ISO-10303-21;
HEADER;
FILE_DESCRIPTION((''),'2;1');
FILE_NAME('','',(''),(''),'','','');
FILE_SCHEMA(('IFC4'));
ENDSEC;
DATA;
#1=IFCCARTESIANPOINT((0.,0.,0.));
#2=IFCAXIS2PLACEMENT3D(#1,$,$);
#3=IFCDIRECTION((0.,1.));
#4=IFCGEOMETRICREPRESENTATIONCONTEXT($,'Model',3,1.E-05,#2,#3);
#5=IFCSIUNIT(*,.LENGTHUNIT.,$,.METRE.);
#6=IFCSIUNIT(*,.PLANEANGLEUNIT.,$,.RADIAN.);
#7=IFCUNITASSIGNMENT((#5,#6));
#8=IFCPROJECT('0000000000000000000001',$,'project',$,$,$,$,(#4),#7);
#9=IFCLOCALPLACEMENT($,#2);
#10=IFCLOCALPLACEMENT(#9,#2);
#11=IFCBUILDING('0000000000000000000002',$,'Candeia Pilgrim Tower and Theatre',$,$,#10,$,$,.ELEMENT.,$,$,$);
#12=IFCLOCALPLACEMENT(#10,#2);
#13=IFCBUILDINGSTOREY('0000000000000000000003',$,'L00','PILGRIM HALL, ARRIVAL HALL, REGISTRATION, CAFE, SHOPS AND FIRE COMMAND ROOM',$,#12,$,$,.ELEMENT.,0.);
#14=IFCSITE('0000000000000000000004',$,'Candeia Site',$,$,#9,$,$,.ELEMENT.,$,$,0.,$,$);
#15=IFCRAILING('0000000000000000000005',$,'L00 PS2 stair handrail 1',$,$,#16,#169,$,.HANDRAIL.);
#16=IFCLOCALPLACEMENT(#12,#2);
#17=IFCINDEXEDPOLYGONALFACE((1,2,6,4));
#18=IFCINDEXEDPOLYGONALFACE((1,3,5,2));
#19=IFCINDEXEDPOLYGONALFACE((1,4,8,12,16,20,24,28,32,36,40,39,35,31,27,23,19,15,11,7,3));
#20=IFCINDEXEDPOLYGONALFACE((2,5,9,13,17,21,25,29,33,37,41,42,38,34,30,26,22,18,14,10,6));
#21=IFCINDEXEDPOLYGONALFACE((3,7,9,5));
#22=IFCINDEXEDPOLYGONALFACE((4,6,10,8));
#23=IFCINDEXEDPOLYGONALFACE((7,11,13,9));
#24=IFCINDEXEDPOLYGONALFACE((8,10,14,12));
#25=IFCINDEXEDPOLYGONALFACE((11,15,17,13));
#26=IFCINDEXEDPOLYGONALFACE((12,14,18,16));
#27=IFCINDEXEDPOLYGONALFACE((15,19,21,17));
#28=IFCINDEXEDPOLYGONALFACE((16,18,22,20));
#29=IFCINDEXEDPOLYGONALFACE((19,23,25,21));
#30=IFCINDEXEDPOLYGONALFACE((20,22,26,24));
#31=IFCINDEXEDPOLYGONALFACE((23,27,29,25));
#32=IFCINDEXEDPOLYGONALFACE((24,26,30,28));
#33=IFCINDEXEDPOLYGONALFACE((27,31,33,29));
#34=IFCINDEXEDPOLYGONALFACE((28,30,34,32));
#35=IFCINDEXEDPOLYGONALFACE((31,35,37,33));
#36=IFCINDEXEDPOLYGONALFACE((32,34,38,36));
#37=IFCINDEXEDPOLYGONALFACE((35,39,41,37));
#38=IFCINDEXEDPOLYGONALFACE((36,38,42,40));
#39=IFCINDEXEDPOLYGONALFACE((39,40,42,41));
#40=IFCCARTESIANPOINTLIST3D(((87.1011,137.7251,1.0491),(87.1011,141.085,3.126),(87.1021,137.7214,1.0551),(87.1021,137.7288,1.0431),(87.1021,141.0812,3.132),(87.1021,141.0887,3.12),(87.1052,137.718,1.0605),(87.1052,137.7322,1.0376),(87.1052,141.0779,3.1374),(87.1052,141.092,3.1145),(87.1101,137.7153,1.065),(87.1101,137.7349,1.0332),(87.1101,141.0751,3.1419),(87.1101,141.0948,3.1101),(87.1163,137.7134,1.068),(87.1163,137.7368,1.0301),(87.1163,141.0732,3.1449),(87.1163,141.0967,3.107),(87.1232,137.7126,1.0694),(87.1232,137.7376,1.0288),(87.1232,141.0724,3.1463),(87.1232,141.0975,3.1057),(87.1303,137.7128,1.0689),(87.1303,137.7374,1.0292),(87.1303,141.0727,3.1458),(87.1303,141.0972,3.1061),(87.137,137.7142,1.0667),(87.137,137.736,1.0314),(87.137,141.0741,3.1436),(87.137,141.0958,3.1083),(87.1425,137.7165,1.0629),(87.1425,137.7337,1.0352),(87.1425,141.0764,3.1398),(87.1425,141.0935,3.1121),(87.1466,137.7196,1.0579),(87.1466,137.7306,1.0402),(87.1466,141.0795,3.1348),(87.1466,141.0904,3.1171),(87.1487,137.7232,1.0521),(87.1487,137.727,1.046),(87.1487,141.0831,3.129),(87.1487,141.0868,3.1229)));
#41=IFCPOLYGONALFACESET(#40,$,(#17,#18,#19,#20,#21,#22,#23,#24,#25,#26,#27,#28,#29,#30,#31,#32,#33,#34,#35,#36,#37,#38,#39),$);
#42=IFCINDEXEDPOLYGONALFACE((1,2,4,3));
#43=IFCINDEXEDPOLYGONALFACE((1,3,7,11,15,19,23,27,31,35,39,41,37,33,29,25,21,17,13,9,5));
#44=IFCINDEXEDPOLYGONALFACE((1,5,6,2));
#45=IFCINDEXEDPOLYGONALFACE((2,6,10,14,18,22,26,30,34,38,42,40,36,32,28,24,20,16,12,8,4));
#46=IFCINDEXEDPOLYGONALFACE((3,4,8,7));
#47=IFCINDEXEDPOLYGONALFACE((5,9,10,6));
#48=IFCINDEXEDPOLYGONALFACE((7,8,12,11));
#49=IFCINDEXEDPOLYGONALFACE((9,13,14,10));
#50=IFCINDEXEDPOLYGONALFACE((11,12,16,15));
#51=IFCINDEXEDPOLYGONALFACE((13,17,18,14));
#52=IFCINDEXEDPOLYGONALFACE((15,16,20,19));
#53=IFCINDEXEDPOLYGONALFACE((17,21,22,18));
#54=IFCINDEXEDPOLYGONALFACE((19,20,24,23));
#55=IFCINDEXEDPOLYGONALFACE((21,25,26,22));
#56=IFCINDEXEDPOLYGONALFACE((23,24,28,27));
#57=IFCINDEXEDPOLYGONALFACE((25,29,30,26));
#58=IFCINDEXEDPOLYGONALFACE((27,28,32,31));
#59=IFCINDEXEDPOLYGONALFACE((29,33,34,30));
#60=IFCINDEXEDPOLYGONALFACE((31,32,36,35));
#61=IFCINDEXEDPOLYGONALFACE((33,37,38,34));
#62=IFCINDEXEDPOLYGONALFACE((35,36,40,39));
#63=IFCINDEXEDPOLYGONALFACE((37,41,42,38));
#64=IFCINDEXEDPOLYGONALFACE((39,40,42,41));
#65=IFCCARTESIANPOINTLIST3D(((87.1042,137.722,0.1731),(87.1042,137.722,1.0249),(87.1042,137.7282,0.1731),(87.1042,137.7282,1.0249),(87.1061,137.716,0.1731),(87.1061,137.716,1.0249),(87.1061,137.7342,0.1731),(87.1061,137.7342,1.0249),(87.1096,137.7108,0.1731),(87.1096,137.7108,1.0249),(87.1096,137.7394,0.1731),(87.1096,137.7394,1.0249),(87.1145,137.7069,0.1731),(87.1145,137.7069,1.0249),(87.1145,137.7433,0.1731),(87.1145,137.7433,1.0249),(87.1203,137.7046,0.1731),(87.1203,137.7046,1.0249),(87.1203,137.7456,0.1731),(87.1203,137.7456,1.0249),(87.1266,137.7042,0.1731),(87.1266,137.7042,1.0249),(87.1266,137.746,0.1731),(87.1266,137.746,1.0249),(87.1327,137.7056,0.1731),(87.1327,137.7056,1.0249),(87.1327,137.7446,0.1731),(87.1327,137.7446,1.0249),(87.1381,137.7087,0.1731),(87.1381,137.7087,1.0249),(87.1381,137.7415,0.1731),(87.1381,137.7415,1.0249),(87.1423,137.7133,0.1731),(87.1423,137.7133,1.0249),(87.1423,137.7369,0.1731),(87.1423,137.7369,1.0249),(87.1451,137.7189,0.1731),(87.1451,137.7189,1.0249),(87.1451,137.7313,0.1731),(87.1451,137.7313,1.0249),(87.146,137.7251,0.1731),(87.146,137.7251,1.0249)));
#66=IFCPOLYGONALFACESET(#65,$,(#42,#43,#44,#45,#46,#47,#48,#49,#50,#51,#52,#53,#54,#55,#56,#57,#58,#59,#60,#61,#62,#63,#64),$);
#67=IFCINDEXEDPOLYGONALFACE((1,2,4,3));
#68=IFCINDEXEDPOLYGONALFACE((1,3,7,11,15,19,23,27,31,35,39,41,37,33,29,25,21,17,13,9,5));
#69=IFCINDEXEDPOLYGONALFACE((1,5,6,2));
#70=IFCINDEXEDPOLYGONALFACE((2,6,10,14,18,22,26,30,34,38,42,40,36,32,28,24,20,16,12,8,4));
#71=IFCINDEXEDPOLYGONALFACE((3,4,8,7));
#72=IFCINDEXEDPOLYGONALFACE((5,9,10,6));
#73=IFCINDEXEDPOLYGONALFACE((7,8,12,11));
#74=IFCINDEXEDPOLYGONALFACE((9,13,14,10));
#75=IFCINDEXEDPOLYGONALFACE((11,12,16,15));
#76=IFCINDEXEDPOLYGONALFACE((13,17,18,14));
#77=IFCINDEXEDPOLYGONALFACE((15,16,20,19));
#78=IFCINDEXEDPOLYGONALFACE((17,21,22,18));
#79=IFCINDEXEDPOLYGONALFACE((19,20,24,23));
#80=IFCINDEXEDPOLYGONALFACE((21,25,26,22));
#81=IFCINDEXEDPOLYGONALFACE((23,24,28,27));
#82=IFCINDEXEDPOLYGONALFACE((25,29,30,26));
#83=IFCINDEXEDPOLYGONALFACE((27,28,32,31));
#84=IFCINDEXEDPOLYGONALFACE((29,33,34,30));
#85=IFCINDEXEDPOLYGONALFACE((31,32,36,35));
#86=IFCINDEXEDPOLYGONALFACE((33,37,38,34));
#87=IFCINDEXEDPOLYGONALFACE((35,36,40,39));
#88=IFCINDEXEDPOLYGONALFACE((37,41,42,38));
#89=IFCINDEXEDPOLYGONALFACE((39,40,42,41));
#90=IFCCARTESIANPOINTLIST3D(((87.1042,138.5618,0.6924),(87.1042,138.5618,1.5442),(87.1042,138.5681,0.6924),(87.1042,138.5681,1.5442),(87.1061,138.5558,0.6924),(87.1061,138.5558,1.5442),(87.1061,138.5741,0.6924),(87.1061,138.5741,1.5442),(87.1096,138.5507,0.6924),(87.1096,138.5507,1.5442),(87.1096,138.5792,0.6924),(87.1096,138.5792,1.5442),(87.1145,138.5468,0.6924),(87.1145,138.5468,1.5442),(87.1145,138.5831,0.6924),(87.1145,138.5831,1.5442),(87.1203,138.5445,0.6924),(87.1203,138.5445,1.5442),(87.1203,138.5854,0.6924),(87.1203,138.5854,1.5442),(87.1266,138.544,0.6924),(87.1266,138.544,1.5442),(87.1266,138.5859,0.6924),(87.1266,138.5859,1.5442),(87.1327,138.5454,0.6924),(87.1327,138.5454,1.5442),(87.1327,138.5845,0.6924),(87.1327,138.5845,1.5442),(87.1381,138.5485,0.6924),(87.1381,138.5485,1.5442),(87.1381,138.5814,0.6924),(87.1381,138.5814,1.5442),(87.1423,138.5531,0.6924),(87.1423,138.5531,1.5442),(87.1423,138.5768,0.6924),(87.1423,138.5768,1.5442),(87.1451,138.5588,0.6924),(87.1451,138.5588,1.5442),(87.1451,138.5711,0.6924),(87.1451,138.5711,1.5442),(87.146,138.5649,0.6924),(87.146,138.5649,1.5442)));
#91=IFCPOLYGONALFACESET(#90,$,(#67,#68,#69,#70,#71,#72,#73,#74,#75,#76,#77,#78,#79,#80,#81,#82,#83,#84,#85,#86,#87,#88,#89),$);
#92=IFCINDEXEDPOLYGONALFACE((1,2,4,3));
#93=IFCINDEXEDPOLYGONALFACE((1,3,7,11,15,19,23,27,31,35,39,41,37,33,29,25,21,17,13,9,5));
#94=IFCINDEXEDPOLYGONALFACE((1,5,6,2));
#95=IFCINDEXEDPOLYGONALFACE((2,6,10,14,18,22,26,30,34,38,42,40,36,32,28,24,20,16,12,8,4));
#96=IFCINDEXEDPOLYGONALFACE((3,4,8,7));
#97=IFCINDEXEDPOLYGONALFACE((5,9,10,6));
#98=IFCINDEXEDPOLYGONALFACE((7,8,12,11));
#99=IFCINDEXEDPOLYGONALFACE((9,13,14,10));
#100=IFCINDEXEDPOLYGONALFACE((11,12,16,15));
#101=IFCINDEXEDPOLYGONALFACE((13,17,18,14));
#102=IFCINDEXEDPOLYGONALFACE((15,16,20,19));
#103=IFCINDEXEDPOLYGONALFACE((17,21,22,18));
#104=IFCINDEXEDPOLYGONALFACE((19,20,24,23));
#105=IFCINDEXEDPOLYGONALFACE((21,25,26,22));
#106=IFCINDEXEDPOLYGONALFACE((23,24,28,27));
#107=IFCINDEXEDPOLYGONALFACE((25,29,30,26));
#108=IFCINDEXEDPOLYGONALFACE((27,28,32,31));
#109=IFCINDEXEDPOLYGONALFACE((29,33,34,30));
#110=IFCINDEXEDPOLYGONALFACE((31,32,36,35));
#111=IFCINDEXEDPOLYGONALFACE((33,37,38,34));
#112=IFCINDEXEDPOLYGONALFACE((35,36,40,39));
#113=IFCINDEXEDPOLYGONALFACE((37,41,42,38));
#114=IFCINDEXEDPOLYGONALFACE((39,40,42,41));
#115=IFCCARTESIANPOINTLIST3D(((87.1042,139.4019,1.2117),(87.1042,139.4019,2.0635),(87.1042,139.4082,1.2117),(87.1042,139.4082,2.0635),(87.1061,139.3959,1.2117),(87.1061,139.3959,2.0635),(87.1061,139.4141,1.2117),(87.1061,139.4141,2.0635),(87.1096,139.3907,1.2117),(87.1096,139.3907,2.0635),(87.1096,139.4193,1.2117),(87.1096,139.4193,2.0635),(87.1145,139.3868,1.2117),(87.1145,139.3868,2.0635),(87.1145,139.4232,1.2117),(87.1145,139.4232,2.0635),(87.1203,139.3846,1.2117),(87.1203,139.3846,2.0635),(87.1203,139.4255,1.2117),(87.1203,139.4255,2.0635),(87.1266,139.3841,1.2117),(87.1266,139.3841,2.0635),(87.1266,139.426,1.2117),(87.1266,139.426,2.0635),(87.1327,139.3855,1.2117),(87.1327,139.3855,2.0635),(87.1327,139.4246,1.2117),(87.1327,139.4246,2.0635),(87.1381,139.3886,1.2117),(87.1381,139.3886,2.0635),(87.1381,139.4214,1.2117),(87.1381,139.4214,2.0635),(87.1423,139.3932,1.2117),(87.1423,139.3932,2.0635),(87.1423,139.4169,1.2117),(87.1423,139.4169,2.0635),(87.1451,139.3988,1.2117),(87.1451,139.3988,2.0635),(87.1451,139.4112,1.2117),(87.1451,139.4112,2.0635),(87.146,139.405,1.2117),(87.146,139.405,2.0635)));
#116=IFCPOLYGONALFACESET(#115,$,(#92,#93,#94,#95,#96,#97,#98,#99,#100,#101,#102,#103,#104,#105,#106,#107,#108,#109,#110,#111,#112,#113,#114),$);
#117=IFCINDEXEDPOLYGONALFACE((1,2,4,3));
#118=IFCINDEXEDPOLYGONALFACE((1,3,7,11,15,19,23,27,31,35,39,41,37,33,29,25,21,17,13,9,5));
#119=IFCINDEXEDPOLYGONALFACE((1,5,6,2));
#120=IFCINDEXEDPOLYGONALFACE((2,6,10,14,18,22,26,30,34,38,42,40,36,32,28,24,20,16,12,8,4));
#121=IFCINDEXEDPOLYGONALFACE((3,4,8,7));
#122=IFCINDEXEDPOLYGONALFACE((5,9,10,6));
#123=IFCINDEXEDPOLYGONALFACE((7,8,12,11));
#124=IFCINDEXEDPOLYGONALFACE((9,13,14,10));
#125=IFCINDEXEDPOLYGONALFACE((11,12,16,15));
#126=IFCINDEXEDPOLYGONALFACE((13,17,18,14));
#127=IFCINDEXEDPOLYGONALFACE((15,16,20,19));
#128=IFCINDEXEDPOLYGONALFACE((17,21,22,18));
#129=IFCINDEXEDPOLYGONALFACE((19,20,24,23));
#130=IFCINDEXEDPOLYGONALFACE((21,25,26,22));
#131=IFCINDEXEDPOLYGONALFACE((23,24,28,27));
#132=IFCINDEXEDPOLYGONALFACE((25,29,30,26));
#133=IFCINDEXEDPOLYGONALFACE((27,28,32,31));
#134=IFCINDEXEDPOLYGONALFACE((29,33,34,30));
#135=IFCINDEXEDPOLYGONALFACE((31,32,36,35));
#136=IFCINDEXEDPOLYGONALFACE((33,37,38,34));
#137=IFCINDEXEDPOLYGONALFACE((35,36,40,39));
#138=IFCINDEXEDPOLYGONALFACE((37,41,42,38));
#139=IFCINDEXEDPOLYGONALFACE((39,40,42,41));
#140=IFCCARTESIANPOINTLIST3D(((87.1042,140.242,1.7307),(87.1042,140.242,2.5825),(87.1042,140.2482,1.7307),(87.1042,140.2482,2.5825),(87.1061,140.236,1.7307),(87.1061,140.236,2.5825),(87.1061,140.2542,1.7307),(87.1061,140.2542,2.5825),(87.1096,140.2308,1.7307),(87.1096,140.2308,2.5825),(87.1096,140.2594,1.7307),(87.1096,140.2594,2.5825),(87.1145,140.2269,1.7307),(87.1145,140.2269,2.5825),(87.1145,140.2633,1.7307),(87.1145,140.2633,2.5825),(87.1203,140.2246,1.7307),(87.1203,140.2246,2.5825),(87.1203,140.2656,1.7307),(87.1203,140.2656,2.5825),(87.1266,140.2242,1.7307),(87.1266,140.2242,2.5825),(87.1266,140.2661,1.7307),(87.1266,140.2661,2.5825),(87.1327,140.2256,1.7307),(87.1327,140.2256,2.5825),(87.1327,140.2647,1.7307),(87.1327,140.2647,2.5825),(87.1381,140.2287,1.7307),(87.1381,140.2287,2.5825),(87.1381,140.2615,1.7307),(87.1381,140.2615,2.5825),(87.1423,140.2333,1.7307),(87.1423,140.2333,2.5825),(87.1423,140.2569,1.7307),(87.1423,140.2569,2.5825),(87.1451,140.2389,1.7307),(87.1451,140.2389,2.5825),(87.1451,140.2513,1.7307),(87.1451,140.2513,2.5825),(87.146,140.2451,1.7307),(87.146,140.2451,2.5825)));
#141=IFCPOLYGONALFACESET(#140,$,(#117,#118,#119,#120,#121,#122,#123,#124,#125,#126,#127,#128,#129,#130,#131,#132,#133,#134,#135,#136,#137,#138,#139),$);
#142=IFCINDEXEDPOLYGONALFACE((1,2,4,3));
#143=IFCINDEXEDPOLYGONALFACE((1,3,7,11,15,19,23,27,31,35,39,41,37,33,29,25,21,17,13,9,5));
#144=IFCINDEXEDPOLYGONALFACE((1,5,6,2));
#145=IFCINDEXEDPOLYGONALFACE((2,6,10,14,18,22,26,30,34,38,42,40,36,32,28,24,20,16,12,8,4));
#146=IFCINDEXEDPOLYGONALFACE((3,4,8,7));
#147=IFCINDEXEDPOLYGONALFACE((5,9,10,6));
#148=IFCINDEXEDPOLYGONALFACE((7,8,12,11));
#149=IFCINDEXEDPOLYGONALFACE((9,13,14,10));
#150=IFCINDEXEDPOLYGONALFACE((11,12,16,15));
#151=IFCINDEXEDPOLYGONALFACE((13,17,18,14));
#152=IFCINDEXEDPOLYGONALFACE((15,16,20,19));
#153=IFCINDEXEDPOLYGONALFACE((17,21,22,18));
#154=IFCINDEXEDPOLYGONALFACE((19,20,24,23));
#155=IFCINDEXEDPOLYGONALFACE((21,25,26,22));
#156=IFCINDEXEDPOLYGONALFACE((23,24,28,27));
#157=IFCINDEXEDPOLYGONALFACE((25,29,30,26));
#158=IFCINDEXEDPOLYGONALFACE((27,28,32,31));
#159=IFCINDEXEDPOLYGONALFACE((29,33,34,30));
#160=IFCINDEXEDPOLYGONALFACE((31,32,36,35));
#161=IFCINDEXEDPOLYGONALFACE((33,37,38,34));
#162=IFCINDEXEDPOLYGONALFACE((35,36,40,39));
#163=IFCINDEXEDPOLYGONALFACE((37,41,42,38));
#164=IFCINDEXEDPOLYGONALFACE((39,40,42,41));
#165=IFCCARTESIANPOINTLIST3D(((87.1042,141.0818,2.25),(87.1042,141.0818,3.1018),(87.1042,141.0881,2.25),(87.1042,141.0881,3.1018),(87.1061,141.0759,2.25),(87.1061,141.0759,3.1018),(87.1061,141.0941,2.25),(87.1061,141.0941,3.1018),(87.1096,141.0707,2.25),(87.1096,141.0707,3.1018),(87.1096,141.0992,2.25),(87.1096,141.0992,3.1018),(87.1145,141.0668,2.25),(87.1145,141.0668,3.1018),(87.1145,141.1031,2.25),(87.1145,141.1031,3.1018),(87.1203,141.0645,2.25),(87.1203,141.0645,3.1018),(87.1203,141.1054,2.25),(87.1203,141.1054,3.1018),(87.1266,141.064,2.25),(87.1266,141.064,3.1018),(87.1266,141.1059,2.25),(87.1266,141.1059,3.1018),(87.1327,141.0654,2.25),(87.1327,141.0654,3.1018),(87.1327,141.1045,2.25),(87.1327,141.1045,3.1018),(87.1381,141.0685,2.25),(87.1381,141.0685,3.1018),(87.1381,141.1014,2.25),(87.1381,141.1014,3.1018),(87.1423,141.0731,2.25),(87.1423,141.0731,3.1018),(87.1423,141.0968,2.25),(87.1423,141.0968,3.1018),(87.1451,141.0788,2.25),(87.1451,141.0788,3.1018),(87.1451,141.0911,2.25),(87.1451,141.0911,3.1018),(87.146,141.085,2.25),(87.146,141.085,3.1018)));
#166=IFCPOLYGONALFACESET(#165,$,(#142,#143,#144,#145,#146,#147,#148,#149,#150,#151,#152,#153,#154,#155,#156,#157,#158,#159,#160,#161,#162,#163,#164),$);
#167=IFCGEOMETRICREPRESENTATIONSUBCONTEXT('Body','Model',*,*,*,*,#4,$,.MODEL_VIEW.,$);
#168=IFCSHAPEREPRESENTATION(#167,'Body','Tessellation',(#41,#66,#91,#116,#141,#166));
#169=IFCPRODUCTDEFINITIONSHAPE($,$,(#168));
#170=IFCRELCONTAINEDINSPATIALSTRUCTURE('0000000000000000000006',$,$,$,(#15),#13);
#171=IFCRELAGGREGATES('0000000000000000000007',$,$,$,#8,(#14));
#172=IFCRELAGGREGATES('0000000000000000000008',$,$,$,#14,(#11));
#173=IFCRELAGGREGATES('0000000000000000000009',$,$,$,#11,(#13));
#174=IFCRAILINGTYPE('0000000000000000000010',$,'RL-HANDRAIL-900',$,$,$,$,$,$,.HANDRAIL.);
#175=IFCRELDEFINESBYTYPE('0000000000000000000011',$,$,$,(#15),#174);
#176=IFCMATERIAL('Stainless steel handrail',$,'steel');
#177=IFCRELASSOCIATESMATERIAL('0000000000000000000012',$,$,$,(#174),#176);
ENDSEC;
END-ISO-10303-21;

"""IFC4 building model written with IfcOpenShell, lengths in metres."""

from ifc_helpers import new_model, si_unit, direction, frame, origin, origin_2d, place, context, subcontext, project, spatial, circle, extrude, material, type_object, element, save


model = new_model("IFC4")

# Units and contexts
model_context = context("Model", 3, precision=1e-05, world=origin(), true_north=direction((0.0, 1.0)))
body_context = subcontext(model_context, "Body", "Model", "MODEL_VIEW")
ifc_project = project(units=[si_unit("LENGTHUNIT", "METRE"), si_unit("PLANEANGLEUNIT", "RADIAN")], contexts=[model_context])

# Site, building, storey
site_placement = place(None, origin())
site = spatial("IfcSite", under=ifc_project, at=site_placement, Name="Candeia Site", CompositionType="ELEMENT", RefElevation=0.0)
building_placement = place(site_placement, origin())
building = spatial("IfcBuilding", under=site, at=building_placement, Name="Candeia Pilgrim Tower and Theatre", CompositionType="ELEMENT")
storey_placement = place(building_placement, origin())
storey = spatial("IfcBuildingStorey", under=building, at=storey_placement, Name="L00", Description="PILGRIM HALL, ARRIVAL HALL, REGISTRATION, CAFE, SHOPS AND FIRE COMMAND ROOM", CompositionType="ELEMENT", Elevation=0.0)

# Railing
ifc_material_1 = material(Name="Stainless steel handrail", Category="steel")
railing_type_1 = type_object("IfcRailingType", Name="RL-HANDRAIL-900", PredefinedType="HANDRAIL", material=ifc_material_1)
railing_1_placement = place(storey_placement, frame((87.125, 137.7251, 0.1731)))
element("IfcRailing", 1, at=railing_1_placement, inside=storey, type_object=railing_type_1, Name="L00 PS2 stair handrail 1", PredefinedType="HANDRAIL", context=body_context, shape_type="SweptSolid", body=[
    extrude(circle(Radius=0.0239, at=origin_2d()), frame((0.0, 0.0, 0.876), z_axis=(0.0, 0.850606, 0.525803), x_axis=(-1.0, 0.0, 0.0)), (0.0, 0.0, 1.0), 3.95),
    extrude(circle(Radius=0.021, at=origin_2d()), origin(), (0.0, 0.0, 1.0), 0.8518),
    extrude(circle(Radius=0.021, at=origin_2d()), frame((0.0, 0.8398, 0.5193)), (0.0, 0.0, 1.0), 0.8518),
    extrude(circle(Radius=0.021, at=origin_2d()), frame((0.0, 1.6799, 1.0386)), (0.0, 0.0, 1.0), 0.8518),
    extrude(circle(Radius=0.021, at=origin_2d()), frame((0.0, 2.52, 1.5576)), (0.0, 0.0, 1.0), 0.8518),
    extrude(circle(Radius=0.021, at=origin_2d()), frame((0.0, 3.3599, 2.0769)), (0.0, 0.0, 1.0), 0.8518),
])

save(model, "model.ifc")
